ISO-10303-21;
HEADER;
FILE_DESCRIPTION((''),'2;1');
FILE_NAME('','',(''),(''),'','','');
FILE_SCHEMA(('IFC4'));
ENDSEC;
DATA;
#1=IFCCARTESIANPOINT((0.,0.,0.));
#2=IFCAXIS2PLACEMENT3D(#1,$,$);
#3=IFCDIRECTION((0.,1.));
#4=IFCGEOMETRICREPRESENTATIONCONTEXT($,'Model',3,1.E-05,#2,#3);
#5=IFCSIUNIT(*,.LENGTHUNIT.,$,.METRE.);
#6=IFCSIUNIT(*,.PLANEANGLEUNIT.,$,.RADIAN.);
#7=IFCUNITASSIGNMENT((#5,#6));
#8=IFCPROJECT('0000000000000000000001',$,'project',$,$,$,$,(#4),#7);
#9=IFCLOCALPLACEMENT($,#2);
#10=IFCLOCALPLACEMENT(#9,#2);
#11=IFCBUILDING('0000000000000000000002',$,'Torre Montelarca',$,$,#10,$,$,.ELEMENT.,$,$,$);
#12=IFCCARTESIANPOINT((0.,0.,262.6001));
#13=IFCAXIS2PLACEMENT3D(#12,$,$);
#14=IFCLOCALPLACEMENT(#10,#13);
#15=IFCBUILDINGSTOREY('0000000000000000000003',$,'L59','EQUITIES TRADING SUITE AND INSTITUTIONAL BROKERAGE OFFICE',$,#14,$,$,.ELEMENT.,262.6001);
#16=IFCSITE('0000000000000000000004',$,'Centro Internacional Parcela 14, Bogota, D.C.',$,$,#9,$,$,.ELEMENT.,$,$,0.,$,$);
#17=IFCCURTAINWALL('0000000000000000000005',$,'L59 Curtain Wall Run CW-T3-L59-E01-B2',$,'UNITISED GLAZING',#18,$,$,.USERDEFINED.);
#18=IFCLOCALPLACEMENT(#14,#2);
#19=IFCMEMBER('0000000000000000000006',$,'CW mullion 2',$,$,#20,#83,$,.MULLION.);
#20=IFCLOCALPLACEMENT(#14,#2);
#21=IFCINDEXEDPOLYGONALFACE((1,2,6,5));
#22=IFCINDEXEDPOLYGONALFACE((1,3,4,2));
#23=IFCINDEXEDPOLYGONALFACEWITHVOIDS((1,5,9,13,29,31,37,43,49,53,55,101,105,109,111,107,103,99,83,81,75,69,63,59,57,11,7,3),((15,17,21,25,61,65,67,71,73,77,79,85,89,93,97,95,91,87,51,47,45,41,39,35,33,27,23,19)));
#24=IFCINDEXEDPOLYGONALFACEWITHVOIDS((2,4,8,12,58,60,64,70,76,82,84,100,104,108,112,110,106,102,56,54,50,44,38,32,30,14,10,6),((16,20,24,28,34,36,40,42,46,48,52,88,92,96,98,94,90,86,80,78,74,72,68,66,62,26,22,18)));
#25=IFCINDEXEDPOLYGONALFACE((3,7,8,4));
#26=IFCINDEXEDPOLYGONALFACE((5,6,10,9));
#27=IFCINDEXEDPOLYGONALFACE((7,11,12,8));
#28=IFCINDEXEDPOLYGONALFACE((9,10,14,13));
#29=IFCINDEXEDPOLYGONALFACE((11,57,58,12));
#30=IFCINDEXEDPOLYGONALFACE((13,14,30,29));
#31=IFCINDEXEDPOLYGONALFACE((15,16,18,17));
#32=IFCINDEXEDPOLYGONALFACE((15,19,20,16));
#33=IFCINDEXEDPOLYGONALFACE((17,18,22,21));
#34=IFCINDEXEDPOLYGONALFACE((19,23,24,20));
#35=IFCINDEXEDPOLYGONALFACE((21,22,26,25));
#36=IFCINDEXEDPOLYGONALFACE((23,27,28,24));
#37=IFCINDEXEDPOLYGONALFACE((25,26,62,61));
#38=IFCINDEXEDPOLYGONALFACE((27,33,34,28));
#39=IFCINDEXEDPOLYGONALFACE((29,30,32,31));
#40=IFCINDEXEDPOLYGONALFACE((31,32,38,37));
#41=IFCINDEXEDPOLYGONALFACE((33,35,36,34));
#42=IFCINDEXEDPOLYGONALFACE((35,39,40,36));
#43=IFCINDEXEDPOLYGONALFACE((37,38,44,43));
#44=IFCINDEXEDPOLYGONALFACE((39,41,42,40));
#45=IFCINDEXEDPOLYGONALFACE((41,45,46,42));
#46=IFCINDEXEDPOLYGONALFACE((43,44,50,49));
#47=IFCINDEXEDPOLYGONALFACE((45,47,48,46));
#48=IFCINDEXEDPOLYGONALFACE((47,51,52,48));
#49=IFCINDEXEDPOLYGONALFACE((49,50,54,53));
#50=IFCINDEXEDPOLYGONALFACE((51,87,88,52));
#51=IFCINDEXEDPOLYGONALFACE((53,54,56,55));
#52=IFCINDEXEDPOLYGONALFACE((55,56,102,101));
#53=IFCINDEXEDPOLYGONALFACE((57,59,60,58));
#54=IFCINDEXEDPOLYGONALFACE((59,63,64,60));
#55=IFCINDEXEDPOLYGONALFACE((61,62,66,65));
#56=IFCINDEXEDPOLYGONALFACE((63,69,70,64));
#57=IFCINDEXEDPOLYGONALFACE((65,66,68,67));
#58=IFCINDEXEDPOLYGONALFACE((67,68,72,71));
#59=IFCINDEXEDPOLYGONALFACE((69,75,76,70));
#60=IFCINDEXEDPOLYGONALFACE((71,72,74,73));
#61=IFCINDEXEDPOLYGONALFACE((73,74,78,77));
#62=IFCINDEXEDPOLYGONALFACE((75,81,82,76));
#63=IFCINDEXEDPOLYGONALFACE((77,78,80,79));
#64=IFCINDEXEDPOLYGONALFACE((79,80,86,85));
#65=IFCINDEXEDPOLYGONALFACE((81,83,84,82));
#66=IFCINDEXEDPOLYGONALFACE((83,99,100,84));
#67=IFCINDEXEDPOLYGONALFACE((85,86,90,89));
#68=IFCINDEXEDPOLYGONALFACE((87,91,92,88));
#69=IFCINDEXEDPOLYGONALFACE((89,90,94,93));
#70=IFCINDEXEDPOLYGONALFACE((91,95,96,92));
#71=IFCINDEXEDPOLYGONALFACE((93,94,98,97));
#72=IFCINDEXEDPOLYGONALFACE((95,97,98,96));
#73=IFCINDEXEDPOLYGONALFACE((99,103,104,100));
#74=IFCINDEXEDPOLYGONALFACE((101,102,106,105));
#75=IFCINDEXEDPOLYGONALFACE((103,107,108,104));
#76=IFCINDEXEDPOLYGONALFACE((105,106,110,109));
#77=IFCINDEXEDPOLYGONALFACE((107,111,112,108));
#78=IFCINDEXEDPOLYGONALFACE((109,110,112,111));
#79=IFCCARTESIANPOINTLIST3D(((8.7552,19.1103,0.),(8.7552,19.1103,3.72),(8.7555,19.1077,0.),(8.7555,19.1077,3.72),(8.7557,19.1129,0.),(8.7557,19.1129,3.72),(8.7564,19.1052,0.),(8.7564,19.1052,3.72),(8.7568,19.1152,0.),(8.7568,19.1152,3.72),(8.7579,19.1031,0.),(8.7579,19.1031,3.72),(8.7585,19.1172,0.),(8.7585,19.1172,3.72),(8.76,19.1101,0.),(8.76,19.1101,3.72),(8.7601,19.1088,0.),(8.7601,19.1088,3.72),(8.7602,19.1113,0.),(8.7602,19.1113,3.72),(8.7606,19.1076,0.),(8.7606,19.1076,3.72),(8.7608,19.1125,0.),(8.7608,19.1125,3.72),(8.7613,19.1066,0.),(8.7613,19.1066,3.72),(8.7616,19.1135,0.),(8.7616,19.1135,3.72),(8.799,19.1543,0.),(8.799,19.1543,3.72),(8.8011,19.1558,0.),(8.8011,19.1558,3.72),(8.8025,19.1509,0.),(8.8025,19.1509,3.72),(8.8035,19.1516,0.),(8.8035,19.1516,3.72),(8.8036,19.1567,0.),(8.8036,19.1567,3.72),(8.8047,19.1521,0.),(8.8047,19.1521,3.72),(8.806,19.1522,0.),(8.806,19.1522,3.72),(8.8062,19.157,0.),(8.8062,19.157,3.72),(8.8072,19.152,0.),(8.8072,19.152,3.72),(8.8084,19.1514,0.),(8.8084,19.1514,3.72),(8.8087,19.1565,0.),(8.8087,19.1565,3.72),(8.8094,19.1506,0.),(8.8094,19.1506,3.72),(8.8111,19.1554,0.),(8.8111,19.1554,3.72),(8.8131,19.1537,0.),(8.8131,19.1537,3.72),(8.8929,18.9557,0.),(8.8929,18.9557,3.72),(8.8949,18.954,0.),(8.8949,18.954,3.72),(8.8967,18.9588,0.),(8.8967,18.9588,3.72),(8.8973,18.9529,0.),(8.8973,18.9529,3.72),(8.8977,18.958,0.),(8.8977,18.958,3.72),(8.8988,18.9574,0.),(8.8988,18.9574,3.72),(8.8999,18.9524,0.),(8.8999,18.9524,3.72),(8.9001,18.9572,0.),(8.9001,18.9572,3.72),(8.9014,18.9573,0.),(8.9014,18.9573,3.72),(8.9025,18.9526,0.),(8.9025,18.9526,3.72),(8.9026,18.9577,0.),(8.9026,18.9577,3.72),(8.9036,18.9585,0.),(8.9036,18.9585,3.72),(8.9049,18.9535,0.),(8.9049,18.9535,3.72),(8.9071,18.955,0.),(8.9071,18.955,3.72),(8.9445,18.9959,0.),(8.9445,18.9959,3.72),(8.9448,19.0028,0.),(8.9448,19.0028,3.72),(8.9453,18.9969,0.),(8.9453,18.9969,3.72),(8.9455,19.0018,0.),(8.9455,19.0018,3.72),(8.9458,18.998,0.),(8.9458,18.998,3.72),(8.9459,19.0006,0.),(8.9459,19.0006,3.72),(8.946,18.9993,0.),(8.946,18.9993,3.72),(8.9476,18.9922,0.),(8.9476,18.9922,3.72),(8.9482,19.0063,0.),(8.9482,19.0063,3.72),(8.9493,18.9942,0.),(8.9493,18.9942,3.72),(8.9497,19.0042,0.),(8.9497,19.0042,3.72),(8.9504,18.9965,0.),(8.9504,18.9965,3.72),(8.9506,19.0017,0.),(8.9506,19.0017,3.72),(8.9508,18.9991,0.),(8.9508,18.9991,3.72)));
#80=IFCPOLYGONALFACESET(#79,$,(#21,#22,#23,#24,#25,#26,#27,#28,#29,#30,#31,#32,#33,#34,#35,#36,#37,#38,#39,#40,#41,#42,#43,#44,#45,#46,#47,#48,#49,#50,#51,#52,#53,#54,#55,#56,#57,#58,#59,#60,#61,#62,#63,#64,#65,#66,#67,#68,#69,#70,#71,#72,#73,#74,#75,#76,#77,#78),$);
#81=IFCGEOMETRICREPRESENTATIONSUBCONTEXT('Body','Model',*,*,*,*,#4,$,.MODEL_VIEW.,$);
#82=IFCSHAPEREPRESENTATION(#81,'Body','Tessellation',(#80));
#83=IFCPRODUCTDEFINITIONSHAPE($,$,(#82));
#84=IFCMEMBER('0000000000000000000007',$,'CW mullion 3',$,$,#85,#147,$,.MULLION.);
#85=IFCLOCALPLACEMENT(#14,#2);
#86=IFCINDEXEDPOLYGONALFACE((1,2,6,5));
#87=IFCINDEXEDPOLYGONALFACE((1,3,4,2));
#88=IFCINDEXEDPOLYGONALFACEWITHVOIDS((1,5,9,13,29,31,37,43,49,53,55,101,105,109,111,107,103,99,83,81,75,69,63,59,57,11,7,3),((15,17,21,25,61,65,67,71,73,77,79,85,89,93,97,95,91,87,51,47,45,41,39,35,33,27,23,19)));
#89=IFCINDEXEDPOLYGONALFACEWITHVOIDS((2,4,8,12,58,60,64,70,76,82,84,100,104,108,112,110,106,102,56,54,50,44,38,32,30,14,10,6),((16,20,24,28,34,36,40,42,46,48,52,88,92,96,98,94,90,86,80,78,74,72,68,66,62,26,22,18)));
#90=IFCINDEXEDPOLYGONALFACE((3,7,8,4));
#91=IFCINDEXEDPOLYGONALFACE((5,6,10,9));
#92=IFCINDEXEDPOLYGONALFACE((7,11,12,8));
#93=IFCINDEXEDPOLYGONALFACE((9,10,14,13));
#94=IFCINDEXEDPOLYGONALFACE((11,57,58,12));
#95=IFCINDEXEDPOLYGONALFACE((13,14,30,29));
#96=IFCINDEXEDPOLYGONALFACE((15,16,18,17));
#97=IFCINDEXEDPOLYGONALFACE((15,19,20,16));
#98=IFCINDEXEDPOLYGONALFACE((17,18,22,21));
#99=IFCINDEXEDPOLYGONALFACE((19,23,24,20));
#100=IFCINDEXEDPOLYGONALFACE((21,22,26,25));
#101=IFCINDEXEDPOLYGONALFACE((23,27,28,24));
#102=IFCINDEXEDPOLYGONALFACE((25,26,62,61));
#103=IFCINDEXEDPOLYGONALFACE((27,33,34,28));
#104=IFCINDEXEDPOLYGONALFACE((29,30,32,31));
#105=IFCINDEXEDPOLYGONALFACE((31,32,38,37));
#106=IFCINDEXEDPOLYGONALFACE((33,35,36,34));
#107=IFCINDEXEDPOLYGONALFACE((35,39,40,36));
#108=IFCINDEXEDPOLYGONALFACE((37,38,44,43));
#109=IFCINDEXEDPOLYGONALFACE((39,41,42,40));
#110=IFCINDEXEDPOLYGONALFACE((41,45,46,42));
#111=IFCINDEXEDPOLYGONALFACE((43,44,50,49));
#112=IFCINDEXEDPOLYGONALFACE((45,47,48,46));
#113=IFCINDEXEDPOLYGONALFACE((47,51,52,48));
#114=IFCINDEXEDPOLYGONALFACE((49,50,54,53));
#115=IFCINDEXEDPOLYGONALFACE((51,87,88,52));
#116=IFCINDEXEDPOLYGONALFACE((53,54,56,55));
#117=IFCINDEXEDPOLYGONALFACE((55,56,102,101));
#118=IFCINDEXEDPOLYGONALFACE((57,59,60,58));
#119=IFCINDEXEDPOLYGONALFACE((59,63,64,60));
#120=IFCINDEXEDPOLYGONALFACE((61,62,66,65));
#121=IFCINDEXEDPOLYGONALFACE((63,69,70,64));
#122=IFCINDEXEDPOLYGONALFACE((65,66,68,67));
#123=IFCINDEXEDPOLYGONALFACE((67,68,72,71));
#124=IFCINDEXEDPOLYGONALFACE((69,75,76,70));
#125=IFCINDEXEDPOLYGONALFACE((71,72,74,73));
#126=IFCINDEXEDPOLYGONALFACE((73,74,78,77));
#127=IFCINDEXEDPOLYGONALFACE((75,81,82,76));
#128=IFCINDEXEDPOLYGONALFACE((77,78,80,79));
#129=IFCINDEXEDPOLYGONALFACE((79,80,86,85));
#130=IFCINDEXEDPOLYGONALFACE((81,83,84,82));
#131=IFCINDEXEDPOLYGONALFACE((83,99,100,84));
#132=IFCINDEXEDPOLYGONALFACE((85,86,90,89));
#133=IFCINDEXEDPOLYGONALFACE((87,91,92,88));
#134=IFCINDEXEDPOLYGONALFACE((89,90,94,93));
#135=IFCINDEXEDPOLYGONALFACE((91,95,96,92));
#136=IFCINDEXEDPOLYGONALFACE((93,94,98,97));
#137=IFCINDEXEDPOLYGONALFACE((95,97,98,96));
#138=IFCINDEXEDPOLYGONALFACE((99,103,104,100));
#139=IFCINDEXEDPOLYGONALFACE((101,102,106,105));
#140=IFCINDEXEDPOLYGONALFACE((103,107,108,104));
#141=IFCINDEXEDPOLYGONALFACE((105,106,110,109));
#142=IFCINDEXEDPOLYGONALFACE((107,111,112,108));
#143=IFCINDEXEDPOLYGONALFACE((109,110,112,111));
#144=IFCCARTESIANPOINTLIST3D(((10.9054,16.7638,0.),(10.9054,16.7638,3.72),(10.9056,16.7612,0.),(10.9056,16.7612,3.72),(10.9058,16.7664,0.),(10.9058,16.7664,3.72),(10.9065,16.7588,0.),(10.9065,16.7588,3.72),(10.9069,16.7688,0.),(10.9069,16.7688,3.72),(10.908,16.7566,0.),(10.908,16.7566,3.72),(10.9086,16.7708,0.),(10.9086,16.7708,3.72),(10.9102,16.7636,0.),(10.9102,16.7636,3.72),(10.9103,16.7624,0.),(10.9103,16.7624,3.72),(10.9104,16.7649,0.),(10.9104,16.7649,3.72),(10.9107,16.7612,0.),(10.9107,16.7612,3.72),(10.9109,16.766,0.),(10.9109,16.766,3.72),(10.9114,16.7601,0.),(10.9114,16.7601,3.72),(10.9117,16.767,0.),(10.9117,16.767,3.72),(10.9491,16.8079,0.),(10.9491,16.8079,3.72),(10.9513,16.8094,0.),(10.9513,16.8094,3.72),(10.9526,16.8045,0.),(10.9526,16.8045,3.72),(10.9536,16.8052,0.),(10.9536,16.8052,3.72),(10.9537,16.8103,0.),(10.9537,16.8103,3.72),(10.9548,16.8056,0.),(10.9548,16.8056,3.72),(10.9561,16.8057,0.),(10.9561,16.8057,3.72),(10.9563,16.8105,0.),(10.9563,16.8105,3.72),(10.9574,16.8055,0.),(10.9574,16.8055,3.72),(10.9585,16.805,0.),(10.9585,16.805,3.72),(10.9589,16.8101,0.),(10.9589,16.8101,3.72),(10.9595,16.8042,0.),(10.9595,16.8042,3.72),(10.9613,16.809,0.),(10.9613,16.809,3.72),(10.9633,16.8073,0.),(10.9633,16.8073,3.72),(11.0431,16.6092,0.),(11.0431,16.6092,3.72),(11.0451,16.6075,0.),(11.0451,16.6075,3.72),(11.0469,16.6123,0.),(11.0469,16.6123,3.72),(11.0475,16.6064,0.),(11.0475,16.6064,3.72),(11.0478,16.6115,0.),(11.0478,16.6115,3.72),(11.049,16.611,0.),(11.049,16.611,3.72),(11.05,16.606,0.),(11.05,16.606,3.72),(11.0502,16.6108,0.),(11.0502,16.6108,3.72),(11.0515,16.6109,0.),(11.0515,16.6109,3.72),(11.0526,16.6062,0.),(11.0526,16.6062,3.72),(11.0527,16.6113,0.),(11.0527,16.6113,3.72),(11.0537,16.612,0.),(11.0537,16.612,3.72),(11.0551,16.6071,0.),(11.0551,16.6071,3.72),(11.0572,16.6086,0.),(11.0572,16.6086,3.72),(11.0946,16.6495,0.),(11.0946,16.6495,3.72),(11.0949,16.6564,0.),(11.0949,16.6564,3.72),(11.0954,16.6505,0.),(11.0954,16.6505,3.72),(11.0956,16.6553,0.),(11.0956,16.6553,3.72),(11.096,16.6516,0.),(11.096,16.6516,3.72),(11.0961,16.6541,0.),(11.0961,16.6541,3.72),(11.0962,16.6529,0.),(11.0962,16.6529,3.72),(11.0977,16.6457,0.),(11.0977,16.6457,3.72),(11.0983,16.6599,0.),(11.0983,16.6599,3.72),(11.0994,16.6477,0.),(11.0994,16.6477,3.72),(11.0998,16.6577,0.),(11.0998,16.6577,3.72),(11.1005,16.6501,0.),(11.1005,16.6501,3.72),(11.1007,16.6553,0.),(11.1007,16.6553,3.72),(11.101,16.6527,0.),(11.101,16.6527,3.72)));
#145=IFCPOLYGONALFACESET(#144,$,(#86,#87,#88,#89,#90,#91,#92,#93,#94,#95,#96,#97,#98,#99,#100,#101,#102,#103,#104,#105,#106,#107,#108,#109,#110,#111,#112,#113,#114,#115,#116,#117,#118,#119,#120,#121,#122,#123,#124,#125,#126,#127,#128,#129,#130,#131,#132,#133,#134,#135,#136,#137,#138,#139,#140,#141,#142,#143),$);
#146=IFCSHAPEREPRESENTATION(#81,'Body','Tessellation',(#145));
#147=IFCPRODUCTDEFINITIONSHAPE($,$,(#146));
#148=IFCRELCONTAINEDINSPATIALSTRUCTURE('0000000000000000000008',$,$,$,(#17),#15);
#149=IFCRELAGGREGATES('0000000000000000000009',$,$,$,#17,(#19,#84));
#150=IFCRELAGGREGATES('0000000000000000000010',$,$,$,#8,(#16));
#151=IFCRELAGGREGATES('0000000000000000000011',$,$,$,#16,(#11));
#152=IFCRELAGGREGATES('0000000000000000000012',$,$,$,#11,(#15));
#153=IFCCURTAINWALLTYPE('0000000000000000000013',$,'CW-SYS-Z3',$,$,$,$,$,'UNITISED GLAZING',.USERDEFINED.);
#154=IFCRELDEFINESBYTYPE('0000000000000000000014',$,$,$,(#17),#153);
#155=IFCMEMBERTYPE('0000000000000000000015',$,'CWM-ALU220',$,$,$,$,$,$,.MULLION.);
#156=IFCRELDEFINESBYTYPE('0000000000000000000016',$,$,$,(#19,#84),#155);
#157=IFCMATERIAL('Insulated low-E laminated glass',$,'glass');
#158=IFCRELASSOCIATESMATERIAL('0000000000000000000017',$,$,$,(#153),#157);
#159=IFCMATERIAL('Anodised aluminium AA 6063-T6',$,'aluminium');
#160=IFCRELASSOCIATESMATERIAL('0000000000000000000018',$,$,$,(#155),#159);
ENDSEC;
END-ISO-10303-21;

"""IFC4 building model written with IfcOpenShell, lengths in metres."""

from ifc_helpers import new_model, si_unit, direction, frame, origin, origin_2d, place, context, subcontext, project, spatial, hollow_rectangle, extrude, source, transform, mapped, material, material_profile, profile_set, type_object, element, aggregate, save


model = new_model("IFC4")

# Units and contexts
model_context = context("Model", 3, precision=1e-05, world=origin(), true_north=direction((0.0, 1.0)))
body_context = subcontext(model_context, "Body", "Model", "MODEL_VIEW")
ifc_project = project(units=[si_unit("LENGTHUNIT", "METRE"), si_unit("PLANEANGLEUNIT", "RADIAN")], contexts=[model_context])

# Site, building, storey
site_placement = place(None, origin())
site = spatial("IfcSite", under=ifc_project, at=site_placement, Name="Centro Internacional Parcela 14, Bogota, D.C.", CompositionType="ELEMENT", RefElevation=0.0)
building_placement = place(site_placement, origin())
building = spatial("IfcBuilding", under=site, at=building_placement, Name="Torre Montelarca", CompositionType="ELEMENT")
storey_placement = place(building_placement, frame((0.0, 0.0, 262.6001)))
storey = spatial("IfcBuildingStorey", under=building, at=storey_placement, Name="L59", Description="EQUITIES TRADING SUITE AND INSTITUTIONAL BROKERAGE OFFICE", CompositionType="ELEMENT", Elevation=262.6001)

# Curtain wall, members
ifc_material_1 = material(Name="Insulated low-E laminated glass", Category="glass")
curtain_wall_type = type_object("IfcCurtainWallType", Name="CW-SYS-Z3", ElementType="UNITISED GLAZING", PredefinedType="USERDEFINED", material=ifc_material_1)
ifc_material_2 = material(Name="Anodised aluminium AA 6063-T6", Category="aluminium")
curtain_wall_1_placement = place(storey_placement, origin())
curtain_wall_1 = element("IfcCurtainWall", 1, at=curtain_wall_1_placement, inside=storey, type_object=curtain_wall_type, Name="L59 Curtain Wall Run CW-T3-L59-E01-B2", ObjectType="UNITISED GLAZING", PredefinedType="USERDEFINED")
ifc_material_profile_1 = material_profile(ifc_material_2, hollow_rectangle(XDim=0.075, YDim=0.22, WallThickness=0.0049, InnerFilletRadius=0.0049, OuterFilletRadius=0.01, at=origin_2d()), Name="ALU75X220X5", Category="aluminium")
ifc_profile_set_1 = profile_set([ifc_material_profile_1], Name="Anodised aluminium AA 6063-T6")
member_type_1 = type_object("IfcMemberType", Name="CWM-ALU220", PredefinedType="MULLION", material=ifc_profile_set_1)
shared_shape_1 = source(origin(), body_context, "Body", "SweptSolid", [
    extrude(hollow_rectangle(XDim=0.075, YDim=0.22, WallThickness=0.0049, InnerFilletRadius=0.0049, OuterFilletRadius=0.01, at=origin_2d()), origin(), (0.0, 0.0, 1.0), 3.72),
])
member_1_placement = place(storey_placement, frame((8.853, 19.0547, 0.0), z_axis=(0.0, 0.0, 1.0), x_axis=(0.73728, 0.675588, 0.0)))
member_1 = element("IfcMember", 2, at=member_1_placement, type_object=member_type_1, Name="CW mullion 2", PredefinedType="MULLION", context=body_context, shape_type="MappedRepresentation", body=[
    mapped(shared_shape_1, transform((0.0, 0.0, 0.0), scale=1.0)),
])
member_2_placement = place(storey_placement, frame((11.0032, 16.7083, 0.0), z_axis=(0.0, 0.0, 1.0), x_axis=(0.73728, 0.675588, 0.0)))
member_2 = element("IfcMember", 3, at=member_2_placement, type_object=member_type_1, Name="CW mullion 3", PredefinedType="MULLION", context=body_context, shape_type="MappedRepresentation", body=[
    mapped(shared_shape_1, transform((0.0, 0.0, 0.0), scale=1.0)),
])

aggregate(curtain_wall_1, [member_1, member_2])

save(model, "model.ifc")
